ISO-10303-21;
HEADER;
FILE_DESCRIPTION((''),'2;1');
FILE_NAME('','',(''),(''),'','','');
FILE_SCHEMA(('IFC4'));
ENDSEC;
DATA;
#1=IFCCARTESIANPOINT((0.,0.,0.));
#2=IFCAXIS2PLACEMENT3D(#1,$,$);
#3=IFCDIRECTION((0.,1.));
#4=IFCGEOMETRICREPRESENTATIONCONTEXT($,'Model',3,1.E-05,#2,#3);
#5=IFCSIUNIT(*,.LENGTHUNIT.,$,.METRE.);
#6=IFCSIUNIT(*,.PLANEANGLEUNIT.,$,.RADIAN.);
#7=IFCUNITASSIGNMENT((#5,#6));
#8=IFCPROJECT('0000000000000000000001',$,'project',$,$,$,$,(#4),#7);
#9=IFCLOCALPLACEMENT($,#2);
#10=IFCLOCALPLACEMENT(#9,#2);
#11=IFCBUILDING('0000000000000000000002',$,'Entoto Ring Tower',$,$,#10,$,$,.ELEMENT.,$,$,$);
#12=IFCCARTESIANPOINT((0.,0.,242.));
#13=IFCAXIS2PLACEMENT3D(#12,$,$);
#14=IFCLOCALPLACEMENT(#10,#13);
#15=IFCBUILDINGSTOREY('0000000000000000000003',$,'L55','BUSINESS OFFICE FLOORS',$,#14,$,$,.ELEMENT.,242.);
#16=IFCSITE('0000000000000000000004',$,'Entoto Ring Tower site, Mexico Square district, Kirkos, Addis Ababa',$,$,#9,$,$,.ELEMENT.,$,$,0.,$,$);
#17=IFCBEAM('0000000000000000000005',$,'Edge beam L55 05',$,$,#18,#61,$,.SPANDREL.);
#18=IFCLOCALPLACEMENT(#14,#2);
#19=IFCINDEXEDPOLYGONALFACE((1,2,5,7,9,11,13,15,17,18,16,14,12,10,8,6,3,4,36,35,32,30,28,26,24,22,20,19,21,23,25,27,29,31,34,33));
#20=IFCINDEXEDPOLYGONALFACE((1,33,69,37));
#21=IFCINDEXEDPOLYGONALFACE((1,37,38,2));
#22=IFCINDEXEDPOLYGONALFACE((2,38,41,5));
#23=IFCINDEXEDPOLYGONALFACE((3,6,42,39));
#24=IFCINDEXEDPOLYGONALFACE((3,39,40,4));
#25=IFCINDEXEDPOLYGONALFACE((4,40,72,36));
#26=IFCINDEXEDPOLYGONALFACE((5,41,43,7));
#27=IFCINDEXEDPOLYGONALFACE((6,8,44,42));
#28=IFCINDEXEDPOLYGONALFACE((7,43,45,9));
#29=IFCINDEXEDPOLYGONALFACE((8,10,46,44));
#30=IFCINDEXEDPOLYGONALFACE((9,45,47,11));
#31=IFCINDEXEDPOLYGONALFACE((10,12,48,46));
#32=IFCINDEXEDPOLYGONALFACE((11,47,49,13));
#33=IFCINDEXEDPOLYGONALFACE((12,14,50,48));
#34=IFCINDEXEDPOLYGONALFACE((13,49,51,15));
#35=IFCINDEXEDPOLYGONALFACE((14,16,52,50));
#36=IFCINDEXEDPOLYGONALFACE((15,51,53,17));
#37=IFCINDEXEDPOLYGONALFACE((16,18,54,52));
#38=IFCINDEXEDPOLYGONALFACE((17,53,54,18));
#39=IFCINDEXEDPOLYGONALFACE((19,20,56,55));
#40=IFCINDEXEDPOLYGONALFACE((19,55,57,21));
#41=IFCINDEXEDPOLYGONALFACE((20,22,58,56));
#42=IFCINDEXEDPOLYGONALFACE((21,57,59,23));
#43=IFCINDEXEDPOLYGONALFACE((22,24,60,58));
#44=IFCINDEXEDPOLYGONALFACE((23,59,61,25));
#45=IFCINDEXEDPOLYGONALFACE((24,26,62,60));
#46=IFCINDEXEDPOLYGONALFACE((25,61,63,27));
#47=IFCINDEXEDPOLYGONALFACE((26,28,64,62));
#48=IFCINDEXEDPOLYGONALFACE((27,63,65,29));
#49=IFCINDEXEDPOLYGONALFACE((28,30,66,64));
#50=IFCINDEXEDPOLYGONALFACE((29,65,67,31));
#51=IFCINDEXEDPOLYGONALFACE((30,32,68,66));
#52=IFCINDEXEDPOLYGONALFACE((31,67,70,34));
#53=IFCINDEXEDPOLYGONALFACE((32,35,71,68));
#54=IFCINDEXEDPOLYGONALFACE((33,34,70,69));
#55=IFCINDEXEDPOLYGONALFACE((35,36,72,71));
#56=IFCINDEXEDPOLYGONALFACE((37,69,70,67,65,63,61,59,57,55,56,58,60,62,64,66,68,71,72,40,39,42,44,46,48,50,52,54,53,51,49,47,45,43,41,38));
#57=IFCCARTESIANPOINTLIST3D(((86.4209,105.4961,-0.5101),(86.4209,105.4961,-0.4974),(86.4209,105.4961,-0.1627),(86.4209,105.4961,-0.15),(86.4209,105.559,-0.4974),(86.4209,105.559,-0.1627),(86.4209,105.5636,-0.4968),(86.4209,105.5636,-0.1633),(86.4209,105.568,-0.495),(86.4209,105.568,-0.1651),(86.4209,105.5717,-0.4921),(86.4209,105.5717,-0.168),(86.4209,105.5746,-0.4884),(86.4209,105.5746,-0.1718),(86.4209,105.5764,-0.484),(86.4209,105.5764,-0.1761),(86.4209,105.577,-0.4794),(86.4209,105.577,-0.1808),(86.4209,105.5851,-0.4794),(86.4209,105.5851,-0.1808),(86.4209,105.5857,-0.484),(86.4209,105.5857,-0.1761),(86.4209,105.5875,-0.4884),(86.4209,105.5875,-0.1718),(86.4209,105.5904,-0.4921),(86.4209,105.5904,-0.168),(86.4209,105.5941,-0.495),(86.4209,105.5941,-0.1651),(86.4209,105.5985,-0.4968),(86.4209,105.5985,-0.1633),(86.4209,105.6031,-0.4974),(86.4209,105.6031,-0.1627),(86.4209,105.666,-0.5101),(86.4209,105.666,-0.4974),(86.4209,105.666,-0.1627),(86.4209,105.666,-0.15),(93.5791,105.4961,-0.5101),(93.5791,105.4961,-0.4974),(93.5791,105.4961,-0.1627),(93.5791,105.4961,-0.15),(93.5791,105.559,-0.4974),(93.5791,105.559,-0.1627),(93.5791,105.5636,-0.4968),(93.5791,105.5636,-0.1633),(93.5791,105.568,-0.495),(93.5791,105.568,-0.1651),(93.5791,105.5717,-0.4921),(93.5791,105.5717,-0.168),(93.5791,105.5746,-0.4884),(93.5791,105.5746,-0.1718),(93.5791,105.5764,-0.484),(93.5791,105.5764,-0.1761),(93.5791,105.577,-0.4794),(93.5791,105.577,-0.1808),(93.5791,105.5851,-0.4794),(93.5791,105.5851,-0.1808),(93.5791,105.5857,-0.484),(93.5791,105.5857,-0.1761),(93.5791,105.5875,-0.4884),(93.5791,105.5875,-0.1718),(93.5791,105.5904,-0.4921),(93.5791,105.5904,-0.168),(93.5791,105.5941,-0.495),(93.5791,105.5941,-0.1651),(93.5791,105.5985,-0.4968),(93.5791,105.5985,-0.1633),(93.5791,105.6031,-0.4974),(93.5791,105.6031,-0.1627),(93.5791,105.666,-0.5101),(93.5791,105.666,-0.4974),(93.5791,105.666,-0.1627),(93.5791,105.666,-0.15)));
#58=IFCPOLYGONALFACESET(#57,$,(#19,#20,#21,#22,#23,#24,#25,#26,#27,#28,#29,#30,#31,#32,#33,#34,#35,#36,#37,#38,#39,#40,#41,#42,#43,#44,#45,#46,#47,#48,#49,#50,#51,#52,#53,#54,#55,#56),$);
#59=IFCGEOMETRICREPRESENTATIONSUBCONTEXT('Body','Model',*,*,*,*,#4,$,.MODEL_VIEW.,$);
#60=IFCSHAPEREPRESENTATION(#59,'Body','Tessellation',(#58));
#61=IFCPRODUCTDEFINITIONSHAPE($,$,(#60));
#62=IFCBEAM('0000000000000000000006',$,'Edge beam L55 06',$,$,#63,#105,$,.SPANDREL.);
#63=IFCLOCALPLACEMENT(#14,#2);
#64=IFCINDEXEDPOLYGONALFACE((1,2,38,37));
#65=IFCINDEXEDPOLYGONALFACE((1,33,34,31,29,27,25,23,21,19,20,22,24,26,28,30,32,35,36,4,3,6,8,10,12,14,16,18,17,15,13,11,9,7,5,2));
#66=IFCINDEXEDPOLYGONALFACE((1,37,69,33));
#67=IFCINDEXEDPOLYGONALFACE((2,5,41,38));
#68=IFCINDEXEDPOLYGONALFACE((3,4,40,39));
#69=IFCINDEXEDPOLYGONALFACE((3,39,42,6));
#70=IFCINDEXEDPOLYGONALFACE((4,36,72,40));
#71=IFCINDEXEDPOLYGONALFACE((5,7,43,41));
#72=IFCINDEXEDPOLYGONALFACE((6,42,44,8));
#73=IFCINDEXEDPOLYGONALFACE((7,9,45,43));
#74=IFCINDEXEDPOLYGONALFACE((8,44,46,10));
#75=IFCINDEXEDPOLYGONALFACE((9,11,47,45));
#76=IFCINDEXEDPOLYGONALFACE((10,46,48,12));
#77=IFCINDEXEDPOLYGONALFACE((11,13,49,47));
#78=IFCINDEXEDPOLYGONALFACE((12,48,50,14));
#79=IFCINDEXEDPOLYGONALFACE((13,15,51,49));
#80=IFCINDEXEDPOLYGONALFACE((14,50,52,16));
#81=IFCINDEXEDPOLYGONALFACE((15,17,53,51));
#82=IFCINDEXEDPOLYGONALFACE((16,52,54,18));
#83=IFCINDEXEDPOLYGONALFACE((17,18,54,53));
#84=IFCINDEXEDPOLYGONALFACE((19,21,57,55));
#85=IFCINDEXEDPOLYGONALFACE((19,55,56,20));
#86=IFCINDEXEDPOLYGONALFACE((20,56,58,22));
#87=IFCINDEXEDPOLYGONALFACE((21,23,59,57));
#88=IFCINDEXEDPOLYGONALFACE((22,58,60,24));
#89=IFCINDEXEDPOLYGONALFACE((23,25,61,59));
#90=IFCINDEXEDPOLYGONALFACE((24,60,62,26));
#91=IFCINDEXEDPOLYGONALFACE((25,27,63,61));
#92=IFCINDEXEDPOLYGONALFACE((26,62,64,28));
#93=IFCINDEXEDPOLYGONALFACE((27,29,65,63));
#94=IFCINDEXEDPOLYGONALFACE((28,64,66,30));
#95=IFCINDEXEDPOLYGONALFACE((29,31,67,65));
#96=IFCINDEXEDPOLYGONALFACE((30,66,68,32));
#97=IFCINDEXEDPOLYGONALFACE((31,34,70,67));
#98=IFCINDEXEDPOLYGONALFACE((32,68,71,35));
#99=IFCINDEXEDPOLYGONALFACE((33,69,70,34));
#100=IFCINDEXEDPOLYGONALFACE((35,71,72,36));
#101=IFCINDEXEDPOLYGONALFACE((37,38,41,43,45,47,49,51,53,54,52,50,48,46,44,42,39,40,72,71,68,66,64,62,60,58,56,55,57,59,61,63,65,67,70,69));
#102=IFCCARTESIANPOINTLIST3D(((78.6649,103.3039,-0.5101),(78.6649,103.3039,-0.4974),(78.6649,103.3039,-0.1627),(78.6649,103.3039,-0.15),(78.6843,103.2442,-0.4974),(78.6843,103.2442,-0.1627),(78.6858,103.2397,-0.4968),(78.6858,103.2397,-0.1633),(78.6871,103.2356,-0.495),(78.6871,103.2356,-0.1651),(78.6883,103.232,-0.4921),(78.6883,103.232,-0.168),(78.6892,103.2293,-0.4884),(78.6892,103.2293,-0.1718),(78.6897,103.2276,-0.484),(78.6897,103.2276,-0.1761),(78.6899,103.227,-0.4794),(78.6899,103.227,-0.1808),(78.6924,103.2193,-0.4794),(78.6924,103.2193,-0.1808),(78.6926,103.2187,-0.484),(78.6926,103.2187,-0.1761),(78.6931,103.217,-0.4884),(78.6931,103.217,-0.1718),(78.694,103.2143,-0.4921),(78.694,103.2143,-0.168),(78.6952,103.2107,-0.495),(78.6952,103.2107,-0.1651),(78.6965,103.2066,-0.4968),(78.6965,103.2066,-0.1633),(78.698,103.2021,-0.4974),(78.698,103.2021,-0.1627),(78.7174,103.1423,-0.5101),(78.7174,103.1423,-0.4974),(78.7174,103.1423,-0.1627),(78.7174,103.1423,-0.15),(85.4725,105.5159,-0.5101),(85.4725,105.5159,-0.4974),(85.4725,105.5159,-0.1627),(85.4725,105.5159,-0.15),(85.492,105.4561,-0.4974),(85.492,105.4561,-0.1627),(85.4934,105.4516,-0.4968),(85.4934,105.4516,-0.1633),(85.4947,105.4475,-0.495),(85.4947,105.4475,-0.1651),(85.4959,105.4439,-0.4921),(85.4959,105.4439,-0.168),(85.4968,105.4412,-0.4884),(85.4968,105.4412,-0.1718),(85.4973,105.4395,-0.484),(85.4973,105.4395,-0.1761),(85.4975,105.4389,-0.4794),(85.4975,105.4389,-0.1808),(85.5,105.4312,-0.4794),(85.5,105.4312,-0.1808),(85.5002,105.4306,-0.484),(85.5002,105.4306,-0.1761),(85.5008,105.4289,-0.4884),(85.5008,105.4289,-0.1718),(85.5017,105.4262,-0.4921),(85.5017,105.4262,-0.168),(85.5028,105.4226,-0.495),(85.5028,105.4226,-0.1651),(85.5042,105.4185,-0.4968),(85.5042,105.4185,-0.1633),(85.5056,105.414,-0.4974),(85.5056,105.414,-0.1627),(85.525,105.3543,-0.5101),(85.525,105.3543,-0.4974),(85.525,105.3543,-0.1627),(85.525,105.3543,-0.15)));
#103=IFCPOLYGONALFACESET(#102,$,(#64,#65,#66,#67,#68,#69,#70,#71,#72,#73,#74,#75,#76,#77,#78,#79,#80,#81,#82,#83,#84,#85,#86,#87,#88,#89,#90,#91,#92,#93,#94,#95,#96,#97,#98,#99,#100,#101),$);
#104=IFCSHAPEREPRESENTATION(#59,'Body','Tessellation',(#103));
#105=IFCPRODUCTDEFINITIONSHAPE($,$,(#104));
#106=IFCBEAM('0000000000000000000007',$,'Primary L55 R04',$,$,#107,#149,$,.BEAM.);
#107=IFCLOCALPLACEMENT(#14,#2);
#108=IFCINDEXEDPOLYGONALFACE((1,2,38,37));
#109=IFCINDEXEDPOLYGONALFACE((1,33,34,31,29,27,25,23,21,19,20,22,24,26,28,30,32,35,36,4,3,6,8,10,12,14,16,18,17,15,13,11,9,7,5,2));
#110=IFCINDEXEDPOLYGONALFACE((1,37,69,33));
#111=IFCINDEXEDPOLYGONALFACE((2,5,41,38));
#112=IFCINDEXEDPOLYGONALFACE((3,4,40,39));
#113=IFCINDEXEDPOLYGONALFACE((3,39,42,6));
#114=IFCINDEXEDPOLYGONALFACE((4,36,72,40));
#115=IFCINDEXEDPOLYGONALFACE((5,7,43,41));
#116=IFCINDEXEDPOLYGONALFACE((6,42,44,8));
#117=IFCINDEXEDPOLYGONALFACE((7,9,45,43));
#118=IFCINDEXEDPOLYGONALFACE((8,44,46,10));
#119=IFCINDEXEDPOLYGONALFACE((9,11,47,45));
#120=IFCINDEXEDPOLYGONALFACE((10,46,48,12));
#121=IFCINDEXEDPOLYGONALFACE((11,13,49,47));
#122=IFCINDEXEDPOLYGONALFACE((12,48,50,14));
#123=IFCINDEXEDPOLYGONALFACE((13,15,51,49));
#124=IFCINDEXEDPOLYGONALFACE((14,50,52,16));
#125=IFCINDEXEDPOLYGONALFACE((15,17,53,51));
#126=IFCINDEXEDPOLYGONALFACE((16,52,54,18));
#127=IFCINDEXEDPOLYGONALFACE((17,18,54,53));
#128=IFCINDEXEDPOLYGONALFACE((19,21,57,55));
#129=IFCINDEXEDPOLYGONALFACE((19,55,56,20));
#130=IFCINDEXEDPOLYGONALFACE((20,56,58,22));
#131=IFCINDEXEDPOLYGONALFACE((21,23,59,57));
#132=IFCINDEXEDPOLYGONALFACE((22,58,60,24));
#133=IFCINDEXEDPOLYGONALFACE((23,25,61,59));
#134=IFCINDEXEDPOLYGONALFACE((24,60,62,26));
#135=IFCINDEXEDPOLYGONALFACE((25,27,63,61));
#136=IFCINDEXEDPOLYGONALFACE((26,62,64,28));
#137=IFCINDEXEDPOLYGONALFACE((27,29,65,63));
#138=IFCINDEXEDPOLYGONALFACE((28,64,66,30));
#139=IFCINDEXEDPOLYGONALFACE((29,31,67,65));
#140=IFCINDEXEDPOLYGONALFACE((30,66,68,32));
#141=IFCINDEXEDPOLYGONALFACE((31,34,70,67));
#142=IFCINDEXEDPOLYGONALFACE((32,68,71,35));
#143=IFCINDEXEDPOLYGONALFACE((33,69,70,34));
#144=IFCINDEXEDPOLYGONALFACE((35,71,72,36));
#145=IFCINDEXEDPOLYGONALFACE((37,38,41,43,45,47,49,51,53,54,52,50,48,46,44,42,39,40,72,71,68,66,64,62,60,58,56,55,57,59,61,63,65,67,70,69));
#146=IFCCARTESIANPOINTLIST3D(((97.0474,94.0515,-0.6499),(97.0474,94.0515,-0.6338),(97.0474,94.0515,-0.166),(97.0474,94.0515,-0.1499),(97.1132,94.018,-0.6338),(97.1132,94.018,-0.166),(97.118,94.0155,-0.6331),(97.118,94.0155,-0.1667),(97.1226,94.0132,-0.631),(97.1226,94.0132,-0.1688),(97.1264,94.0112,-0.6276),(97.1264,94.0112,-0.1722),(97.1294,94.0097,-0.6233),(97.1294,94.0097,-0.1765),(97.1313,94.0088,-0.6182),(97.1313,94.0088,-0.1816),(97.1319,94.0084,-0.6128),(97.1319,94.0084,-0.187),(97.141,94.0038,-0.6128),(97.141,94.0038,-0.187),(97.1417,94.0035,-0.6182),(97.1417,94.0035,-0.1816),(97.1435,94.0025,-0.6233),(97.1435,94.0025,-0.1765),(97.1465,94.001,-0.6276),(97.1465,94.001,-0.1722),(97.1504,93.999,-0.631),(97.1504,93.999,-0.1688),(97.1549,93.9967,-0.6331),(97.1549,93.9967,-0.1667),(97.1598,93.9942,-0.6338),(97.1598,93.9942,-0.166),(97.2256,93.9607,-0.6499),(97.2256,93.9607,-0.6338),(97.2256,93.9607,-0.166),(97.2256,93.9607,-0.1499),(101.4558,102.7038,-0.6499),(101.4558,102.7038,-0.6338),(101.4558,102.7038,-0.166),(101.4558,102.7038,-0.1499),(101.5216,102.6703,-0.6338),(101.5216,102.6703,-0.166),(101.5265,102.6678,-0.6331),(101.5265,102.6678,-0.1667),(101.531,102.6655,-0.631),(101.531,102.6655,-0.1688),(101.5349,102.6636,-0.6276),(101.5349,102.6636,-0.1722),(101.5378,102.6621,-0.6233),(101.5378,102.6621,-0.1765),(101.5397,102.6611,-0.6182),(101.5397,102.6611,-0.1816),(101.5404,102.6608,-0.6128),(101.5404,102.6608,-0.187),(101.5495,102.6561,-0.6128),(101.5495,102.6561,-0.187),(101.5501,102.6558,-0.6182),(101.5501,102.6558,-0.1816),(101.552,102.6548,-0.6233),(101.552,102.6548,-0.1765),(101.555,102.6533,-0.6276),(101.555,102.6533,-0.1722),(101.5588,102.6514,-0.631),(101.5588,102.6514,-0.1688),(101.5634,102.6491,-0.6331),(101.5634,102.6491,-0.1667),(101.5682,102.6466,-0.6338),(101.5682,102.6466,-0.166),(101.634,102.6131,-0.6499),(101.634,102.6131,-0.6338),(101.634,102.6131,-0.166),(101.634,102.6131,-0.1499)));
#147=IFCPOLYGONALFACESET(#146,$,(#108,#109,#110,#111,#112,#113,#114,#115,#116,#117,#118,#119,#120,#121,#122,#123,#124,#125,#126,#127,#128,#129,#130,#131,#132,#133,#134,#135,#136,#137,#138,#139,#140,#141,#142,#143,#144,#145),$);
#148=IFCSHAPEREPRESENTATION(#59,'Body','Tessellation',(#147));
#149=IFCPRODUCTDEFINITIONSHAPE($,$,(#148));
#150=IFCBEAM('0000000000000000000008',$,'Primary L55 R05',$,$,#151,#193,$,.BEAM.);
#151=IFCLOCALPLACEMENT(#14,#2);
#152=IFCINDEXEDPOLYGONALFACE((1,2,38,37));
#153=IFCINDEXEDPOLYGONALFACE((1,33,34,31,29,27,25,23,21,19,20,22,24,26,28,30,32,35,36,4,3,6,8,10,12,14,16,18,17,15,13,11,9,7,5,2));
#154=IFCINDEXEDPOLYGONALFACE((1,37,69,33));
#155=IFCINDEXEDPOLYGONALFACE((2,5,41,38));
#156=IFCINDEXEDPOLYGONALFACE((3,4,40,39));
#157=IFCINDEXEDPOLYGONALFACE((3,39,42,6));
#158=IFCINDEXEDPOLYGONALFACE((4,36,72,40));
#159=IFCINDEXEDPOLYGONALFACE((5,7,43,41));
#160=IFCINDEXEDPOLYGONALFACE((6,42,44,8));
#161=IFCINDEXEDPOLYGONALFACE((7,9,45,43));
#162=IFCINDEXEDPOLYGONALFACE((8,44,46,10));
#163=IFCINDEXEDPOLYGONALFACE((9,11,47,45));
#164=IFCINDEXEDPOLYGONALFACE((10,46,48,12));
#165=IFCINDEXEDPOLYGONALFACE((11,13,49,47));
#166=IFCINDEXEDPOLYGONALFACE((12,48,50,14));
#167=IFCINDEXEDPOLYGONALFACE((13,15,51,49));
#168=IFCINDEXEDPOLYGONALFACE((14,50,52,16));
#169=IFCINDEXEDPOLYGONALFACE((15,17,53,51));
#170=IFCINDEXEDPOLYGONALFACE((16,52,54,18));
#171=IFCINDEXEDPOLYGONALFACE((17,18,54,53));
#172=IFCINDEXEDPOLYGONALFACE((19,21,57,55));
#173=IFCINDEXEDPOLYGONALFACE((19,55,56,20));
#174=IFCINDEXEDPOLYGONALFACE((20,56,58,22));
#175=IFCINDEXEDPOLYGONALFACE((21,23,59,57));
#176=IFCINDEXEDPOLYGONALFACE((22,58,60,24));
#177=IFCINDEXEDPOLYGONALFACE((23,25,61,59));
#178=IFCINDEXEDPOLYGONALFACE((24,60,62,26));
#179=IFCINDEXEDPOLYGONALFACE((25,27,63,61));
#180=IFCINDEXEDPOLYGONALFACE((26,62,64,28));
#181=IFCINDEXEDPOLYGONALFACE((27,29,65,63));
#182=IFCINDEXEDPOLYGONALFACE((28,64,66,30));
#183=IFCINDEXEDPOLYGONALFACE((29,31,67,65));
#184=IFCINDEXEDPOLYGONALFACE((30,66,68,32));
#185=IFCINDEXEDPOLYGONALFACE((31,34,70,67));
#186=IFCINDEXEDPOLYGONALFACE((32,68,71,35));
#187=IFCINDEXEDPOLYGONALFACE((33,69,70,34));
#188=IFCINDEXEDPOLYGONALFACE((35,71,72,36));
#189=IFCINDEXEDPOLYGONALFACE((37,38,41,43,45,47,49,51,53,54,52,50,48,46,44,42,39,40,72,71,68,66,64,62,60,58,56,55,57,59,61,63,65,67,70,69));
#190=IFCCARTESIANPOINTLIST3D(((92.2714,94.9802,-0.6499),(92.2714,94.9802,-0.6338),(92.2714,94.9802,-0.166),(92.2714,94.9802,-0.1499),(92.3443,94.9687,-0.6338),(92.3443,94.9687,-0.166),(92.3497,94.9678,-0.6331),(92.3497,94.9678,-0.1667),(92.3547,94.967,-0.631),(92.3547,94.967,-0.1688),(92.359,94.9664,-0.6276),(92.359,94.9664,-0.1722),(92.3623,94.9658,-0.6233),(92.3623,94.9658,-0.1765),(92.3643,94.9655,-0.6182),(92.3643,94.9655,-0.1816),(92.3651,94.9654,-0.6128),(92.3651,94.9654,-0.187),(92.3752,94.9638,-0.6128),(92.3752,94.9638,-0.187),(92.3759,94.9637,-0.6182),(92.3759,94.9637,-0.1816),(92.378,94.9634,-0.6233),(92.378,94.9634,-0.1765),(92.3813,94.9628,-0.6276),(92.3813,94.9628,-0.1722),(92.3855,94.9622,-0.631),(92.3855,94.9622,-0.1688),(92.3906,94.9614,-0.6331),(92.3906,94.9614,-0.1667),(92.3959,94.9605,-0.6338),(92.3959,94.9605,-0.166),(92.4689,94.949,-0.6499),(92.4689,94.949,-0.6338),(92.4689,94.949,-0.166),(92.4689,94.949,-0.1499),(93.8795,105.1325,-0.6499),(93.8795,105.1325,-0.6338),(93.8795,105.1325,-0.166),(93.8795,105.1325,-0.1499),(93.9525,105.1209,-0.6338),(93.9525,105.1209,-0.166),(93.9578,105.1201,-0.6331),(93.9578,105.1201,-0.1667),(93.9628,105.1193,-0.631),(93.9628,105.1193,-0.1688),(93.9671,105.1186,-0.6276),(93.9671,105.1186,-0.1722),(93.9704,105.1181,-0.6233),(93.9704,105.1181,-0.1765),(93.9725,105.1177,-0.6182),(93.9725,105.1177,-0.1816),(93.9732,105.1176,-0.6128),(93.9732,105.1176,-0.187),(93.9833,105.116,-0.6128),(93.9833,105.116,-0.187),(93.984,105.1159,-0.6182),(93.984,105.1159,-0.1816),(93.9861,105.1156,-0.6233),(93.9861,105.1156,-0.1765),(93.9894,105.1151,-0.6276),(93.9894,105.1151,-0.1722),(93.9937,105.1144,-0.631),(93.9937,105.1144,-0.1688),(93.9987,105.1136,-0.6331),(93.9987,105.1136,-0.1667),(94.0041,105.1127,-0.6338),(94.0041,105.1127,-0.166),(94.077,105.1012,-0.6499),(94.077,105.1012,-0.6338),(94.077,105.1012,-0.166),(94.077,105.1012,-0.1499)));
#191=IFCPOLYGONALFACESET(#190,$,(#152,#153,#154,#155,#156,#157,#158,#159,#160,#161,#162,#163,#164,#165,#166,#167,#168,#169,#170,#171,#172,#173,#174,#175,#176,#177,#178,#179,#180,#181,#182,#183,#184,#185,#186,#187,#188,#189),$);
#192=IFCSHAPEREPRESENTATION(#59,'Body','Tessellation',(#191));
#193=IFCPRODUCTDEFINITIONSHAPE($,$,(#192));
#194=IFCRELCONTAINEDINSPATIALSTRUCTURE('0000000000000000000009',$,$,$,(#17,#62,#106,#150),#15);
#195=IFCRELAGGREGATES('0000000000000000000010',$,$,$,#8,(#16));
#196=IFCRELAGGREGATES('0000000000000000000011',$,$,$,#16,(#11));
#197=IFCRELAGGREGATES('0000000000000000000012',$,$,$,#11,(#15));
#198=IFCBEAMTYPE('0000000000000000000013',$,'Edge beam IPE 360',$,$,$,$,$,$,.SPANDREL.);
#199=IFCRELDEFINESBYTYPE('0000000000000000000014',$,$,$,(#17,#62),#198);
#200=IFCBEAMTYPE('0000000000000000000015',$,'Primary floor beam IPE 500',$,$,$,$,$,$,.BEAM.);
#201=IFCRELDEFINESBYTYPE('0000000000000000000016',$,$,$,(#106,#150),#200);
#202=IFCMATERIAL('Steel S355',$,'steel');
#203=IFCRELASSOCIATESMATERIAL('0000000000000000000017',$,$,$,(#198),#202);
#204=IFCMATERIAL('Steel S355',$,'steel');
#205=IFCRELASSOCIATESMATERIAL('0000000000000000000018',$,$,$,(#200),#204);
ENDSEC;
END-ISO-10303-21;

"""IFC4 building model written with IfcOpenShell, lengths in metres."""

from ifc_helpers import new_model, si_unit, direction, frame, origin, origin_2d, place, context, subcontext, project, spatial, i_section, extrude, material, material_profile, profile_set, type_object, element, save


model = new_model("IFC4")

# Units and contexts
model_context = context("Model", 3, precision=1e-05, world=origin(), true_north=direction((0.0, 1.0)))
body_context = subcontext(model_context, "Body", "Model", "MODEL_VIEW")
ifc_project = project(units=[si_unit("LENGTHUNIT", "METRE"), si_unit("PLANEANGLEUNIT", "RADIAN")], contexts=[model_context])

# Site, building, storey
site_placement = place(None, origin())
site = spatial("IfcSite", under=ifc_project, at=site_placement, Name="Entoto Ring Tower site, Mexico Square district, Kirkos, Addis Ababa", CompositionType="ELEMENT", RefElevation=0.0)
building_placement = place(site_placement, origin())
building = spatial("IfcBuilding", under=site, at=building_placement, Name="Entoto Ring Tower", CompositionType="ELEMENT")
storey_placement = place(building_placement, frame((0.0, 0.0, 242.0)))
storey = spatial("IfcBuildingStorey", under=building, at=storey_placement, Name="L55", Description="BUSINESS OFFICE FLOORS", CompositionType="ELEMENT", Elevation=242.0)

# Beams
ifc_material_1 = material(Name="Steel S355", Category="steel")
ifc_material_profile_1 = material_profile(ifc_material_1, i_section(OverallWidth=0.1699, OverallDepth=0.3601, WebThickness=0.0081, FlangeThickness=0.0127, FilletRadius=0.0181, at=origin_2d()), Name="IPE 360")
ifc_profile_set_1 = profile_set([ifc_material_profile_1], Name="Steel S355")
beam_type_1 = type_object("IfcBeamType", Name="Edge beam IPE 360", PredefinedType="SPANDREL", material=ifc_profile_set_1)
beam_1_placement = place(storey_placement, frame((93.5791, 105.5811, -0.3301), z_axis=(-1.0, 0.0, 0.0), x_axis=(0.0, -1.0, 0.0)))
element("IfcBeam", 1, at=beam_1_placement, inside=storey, type_object=beam_type_1, Name="Edge beam L55 05", PredefinedType="SPANDREL", context=body_context, shape_type="SweptSolid", body=[
    extrude(i_section(OverallWidth=0.1699, OverallDepth=0.3601, WebThickness=0.0081, FlangeThickness=0.0127, FilletRadius=0.0181, at=origin_2d()), origin(), (0.0, 0.0, 1.0), 7.1582),
])
beam_2_placement = place(storey_placement, frame((85.4988, 105.4351, -0.3301), z_axis=(-0.951057, -0.309015, 0.0), x_axis=(0.309015, -0.951057, 0.0)))
element("IfcBeam", 2, at=beam_2_placement, inside=storey, type_object=beam_type_1, Name="Edge beam L55 06", PredefinedType="SPANDREL", context=body_context, shape_type="SweptSolid", body=[
    extrude(i_section(OverallWidth=0.1699, OverallDepth=0.3601, WebThickness=0.0081, FlangeThickness=0.0127, FilletRadius=0.0181, at=origin_2d()), origin(), (0.0, 0.0, 1.0), 7.158),
])
ifc_material_2 = material(Name="Steel S355", Category="steel")
ifc_material_profile_2 = material_profile(ifc_material_2, i_section(OverallWidth=0.2, OverallDepth=0.5, WebThickness=0.0103, FlangeThickness=0.0161, FilletRadius=0.021, at=origin_2d()), Name="IPE 500")
ifc_profile_set_2 = profile_set([ifc_material_profile_2], Name="Steel S355")
beam_type_2 = type_object("IfcBeamType", Name="Primary floor beam IPE 500", PredefinedType="BEAM", material=ifc_profile_set_2)
beam_3_placement = place(storey_placement, frame((97.1365, 94.0061, -0.3999), z_axis=(0.453979, 0.891012, 0.0), x_axis=(-0.891012, 0.453979, 0.0)))
element("IfcBeam", 3, at=beam_3_placement, inside=storey, type_object=beam_type_2, Name="Primary L55 R04", PredefinedType="BEAM", context=body_context, shape_type="SweptSolid", body=[
    extrude(i_section(OverallWidth=0.2, OverallDepth=0.5, WebThickness=0.0103, FlangeThickness=0.0161, FilletRadius=0.021, at=origin_2d()), origin(), (0.0, 0.0, 1.0), 9.7107),
])
for number, where, z_axis, x_axis, name in (
    (4, (92.3701, 94.9646, -0.3999), (0.156452, 0.987686, 0.0), (-0.987686, 0.156452, 0.0), "Primary L55 R05"),
):
    element("IfcBeam", number, at=place(storey_placement, frame(where, z_axis=z_axis, x_axis=x_axis)), inside=storey, type_object=beam_type_2, Name=name, PredefinedType="BEAM", context=body_context, shape_type="SweptSolid", body=[
        extrude(i_section(OverallWidth=0.2, OverallDepth=0.5, WebThickness=0.0103, FlangeThickness=0.0161, FilletRadius=0.021, at=origin_2d()), origin(), (0.0, 0.0, 1.0), 10.2788),
    ])

save(model, "model.ifc")
